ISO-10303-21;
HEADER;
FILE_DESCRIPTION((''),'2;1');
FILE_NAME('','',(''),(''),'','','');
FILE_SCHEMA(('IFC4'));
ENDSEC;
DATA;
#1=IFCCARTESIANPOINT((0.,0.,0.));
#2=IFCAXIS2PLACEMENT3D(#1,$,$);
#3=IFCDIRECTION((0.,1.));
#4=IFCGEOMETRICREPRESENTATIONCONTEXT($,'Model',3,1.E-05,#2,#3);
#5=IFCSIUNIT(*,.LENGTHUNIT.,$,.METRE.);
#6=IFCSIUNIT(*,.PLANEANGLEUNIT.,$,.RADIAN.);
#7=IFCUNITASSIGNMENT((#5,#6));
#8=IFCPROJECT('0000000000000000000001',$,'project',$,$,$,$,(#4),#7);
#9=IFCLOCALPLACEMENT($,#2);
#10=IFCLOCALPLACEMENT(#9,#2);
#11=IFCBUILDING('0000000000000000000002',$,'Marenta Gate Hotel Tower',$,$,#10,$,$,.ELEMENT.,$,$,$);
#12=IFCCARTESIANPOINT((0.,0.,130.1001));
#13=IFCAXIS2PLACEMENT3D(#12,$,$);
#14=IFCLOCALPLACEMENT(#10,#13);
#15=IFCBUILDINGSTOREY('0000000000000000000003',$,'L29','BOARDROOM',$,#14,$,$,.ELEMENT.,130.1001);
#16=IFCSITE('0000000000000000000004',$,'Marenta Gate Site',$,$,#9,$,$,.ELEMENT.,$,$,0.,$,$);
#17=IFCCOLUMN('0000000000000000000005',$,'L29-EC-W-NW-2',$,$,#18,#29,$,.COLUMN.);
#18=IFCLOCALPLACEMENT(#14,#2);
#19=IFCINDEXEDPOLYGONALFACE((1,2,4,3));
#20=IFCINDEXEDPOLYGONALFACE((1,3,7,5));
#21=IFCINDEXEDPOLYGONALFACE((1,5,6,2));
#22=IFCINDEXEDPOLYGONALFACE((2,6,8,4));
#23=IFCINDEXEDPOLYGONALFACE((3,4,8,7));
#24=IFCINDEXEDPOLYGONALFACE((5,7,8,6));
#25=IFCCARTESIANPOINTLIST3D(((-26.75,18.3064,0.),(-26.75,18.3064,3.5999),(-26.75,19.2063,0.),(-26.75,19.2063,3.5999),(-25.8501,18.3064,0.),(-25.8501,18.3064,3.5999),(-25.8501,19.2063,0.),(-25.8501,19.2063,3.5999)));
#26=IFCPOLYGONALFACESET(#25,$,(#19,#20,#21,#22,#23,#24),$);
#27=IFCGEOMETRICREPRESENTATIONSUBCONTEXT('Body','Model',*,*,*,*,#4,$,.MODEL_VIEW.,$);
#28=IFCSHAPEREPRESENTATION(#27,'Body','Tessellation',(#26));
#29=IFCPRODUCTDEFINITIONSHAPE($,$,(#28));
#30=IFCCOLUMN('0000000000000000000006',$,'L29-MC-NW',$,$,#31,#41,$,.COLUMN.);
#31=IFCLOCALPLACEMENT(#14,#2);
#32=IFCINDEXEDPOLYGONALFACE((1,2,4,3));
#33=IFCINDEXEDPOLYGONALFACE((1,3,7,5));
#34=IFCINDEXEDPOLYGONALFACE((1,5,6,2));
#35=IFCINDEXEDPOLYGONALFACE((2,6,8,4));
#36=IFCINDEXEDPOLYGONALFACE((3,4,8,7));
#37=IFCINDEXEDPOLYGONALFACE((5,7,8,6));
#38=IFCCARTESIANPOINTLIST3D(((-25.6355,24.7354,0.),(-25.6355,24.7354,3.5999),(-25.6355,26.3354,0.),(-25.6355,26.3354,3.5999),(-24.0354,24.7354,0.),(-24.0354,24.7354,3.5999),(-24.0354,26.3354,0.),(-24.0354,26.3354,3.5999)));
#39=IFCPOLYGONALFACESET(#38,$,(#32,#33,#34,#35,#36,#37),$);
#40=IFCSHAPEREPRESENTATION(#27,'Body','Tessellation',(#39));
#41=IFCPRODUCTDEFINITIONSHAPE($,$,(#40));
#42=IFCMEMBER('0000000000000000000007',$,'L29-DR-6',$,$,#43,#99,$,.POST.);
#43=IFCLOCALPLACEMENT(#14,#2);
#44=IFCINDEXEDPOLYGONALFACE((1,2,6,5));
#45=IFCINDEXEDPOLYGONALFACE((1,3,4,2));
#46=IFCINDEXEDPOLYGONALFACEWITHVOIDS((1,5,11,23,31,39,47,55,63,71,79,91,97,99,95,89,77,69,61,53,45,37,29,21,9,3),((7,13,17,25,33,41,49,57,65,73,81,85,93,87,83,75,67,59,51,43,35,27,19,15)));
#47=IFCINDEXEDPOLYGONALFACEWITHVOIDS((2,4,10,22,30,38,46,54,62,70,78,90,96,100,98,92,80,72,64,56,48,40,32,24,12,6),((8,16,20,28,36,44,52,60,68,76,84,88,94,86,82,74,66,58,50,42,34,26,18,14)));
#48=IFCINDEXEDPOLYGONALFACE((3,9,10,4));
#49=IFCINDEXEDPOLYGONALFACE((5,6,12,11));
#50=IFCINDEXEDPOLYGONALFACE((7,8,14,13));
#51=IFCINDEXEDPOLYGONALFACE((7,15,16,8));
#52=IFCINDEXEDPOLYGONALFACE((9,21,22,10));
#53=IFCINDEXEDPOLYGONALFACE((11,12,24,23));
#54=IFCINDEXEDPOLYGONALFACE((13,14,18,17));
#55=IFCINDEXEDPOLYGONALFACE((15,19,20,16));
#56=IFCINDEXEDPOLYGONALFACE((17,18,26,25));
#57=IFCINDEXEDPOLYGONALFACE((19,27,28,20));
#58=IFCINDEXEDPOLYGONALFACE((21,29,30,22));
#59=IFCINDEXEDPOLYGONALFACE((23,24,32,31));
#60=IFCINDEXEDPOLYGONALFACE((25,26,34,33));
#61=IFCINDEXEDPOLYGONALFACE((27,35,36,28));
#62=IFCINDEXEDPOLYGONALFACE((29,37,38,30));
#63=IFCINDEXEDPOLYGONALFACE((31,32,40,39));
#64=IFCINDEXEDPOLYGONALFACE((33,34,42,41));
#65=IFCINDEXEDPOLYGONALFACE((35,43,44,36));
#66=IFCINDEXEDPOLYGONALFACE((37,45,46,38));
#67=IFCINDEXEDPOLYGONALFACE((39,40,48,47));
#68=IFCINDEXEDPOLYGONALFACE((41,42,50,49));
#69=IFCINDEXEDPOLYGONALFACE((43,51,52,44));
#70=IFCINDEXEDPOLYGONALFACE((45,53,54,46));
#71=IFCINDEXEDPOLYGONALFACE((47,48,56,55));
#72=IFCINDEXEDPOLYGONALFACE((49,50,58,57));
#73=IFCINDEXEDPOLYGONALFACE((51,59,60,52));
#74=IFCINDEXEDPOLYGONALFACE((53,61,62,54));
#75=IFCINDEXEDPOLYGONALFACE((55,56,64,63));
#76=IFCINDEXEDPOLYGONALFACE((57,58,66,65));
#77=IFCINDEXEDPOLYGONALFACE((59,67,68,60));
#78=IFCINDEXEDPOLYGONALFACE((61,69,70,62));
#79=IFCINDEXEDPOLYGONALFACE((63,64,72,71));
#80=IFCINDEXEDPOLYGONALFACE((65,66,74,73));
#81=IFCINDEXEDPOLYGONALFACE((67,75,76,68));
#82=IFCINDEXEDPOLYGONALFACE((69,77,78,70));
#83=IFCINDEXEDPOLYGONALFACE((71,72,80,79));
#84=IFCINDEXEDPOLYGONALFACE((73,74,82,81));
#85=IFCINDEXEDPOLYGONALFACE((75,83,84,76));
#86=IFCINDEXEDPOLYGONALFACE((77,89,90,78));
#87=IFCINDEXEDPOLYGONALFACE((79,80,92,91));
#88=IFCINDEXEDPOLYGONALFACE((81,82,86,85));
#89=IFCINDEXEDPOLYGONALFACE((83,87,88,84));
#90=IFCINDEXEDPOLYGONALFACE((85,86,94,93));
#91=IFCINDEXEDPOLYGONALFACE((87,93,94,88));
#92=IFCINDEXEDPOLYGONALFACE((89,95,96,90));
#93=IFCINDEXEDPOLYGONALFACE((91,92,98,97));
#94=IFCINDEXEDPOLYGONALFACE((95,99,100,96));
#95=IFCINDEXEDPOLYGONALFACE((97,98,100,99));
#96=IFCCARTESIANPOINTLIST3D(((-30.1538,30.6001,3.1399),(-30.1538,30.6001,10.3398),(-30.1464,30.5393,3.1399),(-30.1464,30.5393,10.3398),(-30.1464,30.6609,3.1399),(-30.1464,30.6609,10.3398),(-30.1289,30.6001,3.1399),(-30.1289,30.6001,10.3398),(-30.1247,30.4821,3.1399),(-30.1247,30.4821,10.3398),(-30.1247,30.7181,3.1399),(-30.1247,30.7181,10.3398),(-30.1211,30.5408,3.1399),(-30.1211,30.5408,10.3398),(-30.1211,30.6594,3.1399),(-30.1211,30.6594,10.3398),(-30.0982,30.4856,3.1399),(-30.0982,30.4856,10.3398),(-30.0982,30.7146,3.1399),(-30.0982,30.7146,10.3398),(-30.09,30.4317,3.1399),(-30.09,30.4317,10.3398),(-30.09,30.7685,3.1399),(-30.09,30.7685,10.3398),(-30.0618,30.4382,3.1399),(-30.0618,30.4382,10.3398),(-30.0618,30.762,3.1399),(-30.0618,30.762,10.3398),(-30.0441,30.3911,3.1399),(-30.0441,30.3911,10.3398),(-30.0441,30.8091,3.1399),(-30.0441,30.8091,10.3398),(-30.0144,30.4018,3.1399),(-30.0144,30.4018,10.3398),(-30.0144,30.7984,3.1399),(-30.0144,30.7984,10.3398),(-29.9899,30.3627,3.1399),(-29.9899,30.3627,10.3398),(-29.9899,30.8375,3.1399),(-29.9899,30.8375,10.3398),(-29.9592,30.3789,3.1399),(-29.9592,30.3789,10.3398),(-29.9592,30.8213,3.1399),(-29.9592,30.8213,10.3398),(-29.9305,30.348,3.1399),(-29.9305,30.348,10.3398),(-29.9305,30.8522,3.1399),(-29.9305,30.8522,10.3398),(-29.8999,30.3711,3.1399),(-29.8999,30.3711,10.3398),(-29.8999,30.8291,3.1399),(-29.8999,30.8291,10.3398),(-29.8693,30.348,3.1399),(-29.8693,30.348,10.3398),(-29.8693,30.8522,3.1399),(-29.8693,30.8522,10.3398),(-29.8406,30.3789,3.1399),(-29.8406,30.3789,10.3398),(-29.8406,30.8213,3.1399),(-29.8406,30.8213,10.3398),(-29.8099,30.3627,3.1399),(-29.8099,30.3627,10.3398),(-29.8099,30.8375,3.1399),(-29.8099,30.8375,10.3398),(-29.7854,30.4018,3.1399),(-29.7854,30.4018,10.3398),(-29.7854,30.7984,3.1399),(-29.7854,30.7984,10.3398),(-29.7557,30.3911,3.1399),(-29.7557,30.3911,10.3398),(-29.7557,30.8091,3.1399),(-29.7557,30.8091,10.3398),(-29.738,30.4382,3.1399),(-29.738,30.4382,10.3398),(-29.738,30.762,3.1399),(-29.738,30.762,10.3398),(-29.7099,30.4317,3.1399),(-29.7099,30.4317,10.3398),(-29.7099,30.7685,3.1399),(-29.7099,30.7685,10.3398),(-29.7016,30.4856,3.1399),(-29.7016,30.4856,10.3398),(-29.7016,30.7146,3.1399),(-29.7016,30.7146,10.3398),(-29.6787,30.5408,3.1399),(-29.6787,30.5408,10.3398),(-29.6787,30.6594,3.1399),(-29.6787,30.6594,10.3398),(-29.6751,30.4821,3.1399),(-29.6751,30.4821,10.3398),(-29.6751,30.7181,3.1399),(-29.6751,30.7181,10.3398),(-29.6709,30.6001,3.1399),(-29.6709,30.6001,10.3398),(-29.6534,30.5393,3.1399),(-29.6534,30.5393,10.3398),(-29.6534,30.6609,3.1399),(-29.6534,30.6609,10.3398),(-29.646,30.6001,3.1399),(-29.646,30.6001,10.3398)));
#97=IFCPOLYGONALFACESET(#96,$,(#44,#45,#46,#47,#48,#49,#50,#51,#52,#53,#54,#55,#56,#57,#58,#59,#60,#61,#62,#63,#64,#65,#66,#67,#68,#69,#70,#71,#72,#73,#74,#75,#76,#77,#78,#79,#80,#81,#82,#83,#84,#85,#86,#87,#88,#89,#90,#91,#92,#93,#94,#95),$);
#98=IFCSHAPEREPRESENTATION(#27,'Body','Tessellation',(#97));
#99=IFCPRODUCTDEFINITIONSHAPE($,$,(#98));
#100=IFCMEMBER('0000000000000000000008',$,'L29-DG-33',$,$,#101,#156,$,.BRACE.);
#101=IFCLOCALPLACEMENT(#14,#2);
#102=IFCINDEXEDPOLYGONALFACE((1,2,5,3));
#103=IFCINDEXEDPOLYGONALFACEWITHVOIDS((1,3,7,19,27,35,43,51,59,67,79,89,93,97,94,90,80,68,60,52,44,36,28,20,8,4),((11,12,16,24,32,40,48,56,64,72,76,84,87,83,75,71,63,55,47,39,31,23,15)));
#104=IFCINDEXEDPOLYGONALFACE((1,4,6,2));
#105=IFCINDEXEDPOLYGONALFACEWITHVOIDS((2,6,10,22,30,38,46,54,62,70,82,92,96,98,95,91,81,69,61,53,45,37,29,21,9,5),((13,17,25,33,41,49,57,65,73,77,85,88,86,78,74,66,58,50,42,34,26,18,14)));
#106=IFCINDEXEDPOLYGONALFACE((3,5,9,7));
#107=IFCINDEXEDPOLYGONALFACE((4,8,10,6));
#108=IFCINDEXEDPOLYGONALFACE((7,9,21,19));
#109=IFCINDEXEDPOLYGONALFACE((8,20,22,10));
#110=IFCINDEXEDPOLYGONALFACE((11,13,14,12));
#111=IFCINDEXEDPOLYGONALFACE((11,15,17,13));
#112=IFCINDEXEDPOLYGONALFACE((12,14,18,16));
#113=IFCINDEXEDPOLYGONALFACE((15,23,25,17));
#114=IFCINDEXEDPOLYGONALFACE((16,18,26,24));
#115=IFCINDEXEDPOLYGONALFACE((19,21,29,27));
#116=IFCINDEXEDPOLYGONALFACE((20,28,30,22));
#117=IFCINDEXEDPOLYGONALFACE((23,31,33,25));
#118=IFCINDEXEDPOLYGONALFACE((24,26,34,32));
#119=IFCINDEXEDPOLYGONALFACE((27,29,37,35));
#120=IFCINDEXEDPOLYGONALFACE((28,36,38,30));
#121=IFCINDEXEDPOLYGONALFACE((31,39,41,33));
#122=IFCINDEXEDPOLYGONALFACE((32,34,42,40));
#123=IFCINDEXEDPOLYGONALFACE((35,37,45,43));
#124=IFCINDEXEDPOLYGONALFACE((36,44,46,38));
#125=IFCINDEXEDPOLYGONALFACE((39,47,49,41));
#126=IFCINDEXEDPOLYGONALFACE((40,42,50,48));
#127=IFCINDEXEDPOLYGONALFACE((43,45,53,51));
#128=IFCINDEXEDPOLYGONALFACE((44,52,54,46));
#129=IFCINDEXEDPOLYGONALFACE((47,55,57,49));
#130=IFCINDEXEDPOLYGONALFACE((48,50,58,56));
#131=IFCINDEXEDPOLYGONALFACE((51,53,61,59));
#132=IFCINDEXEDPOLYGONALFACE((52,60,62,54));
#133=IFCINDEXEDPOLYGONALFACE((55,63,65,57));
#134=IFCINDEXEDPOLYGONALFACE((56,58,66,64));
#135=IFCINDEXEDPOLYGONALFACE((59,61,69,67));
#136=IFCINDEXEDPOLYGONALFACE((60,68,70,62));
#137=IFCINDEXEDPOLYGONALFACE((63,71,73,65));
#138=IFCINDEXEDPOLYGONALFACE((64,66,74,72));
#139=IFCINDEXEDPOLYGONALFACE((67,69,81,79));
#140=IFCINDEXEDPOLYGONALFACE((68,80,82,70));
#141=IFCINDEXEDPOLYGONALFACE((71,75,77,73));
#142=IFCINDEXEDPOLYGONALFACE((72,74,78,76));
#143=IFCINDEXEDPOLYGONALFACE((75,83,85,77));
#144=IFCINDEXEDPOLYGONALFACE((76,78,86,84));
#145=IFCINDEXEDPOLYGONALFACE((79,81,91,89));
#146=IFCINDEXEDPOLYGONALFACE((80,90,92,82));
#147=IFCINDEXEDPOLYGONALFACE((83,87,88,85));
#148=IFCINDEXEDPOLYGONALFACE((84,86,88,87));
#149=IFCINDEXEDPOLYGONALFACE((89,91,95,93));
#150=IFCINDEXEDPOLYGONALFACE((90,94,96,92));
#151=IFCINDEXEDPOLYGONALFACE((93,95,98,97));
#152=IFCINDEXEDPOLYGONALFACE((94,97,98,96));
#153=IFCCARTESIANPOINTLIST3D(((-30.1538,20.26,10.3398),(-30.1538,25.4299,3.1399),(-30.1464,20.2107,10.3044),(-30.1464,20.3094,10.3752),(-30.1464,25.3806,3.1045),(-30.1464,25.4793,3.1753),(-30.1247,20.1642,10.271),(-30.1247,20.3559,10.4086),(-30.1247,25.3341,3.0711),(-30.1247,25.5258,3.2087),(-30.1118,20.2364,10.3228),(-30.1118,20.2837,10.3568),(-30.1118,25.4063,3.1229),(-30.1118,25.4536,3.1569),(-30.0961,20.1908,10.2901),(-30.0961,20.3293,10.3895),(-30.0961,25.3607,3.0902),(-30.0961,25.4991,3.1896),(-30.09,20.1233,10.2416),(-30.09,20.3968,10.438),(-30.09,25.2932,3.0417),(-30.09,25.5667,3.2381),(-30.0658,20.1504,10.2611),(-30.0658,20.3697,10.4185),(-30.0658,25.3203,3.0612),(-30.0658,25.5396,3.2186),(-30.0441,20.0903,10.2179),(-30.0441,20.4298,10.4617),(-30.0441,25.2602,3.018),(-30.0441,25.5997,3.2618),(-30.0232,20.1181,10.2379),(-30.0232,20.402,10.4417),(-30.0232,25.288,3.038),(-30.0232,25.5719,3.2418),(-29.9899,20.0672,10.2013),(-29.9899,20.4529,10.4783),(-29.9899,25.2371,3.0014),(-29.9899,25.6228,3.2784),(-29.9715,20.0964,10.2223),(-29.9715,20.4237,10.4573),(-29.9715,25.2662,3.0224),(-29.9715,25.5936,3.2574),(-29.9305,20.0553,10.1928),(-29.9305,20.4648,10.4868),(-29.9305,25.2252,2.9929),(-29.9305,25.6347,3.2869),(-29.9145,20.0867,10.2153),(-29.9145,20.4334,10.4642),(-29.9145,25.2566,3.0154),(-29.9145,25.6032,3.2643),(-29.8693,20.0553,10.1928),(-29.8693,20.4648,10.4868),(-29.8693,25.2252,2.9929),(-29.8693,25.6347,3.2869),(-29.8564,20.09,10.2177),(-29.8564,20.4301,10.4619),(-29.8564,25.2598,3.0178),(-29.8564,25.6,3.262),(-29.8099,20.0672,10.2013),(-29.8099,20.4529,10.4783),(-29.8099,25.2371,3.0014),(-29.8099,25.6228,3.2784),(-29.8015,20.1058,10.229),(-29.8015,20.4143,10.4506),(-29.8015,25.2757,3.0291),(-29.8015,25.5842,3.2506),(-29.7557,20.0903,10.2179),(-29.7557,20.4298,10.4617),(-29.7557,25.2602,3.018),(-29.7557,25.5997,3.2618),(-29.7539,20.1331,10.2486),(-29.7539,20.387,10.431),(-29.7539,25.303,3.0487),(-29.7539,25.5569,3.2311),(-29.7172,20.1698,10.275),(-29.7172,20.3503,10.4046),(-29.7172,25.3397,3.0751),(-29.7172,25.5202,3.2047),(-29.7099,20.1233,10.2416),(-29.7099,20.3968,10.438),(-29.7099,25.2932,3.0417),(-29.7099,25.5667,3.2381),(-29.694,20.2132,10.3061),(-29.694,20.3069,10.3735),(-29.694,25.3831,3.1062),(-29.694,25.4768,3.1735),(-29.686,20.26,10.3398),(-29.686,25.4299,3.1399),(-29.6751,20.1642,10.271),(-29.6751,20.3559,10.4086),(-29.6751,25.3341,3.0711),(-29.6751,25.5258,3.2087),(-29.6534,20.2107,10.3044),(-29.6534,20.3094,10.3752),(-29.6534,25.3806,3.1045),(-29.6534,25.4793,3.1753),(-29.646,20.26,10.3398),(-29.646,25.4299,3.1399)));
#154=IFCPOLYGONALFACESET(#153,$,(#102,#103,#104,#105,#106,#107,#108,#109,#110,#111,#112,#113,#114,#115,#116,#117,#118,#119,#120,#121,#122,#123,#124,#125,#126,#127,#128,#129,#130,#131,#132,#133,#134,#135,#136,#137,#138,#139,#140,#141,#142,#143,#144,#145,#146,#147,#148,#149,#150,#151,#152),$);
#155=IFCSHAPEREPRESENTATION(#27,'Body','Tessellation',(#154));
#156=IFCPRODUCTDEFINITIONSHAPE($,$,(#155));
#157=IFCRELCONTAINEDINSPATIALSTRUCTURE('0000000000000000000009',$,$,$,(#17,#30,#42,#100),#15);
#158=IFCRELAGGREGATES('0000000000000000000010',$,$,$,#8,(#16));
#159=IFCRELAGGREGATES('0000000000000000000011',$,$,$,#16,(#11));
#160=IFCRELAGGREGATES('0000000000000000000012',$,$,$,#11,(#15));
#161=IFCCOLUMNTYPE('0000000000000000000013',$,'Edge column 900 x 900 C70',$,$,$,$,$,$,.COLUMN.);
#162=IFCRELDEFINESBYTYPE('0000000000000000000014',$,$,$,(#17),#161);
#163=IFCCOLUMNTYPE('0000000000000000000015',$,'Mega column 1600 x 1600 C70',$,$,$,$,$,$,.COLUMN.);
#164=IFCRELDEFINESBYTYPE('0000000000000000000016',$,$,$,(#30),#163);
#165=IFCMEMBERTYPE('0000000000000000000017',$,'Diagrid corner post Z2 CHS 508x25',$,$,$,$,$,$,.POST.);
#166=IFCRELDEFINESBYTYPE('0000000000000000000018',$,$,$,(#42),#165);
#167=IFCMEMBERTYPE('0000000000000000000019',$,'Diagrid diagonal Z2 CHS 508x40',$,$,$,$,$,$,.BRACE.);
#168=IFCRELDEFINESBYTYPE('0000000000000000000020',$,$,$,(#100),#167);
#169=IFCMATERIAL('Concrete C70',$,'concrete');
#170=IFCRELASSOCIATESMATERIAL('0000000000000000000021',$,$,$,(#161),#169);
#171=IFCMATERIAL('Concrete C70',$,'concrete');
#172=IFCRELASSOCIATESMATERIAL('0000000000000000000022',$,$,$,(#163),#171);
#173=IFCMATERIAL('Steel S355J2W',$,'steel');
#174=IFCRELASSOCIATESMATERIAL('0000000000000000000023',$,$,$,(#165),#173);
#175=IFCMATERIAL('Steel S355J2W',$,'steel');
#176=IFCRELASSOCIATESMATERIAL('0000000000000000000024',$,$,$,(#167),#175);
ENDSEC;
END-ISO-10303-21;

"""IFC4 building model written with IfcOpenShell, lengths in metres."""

from ifc_helpers import new_model, si_unit, direction, frame, origin, origin_2d, place, context, subcontext, project, spatial, rectangle, hollow_circle, extrude, material, material_profile, profile_set, type_object, element, save


model = new_model("IFC4")

# Units and contexts
model_context = context("Model", 3, precision=1e-05, world=origin(), true_north=direction((0.0, 1.0)))
body_context = subcontext(model_context, "Body", "Model", "MODEL_VIEW")
ifc_project = project(units=[si_unit("LENGTHUNIT", "METRE"), si_unit("PLANEANGLEUNIT", "RADIAN")], contexts=[model_context])

# Site, building, storey
site_placement = place(None, origin())
site = spatial("IfcSite", under=ifc_project, at=site_placement, Name="Marenta Gate Site", CompositionType="ELEMENT", RefElevation=0.0)
building_placement = place(site_placement, origin())
building = spatial("IfcBuilding", under=site, at=building_placement, Name="Marenta Gate Hotel Tower", CompositionType="ELEMENT")
storey_placement = place(building_placement, frame((0.0, 0.0, 130.1001)))
storey = spatial("IfcBuildingStorey", under=building, at=storey_placement, Name="L29", Description="BOARDROOM", CompositionType="ELEMENT", Elevation=130.1001)

# Columns
ifc_material_1 = material(Name="Concrete C70", Category="concrete")
ifc_material_profile_1 = material_profile(ifc_material_1, rectangle(XDim=0.8999, YDim=0.8999, at=origin_2d()), Name="900 x 900")
ifc_profile_set_1 = profile_set([ifc_material_profile_1], Name="Concrete C70")
column_type_1 = type_object("IfcColumnType", Name="Edge column 900 x 900 C70", PredefinedType="COLUMN", material=ifc_profile_set_1)
column_1_placement = place(storey_placement, frame((-26.3, 18.7563, 0.0), z_axis=(0.0, 0.0, 1.0), x_axis=(1.0, 0.0, 0.0)))
element("IfcColumn", 1, at=column_1_placement, inside=storey, type_object=column_type_1, Name="L29-EC-W-NW-2", PredefinedType="COLUMN", context=body_context, shape_type="SweptSolid", body=[
    extrude(rectangle(XDim=0.8999, YDim=0.8999, at=origin_2d()), origin(), (0.0, 0.0, 1.0), 3.5999),
])
ifc_material_2 = material(Name="Concrete C70", Category="concrete")
ifc_material_profile_2 = material_profile(ifc_material_2, rectangle(XDim=1.6001, YDim=1.6001, at=origin_2d()), Name="1600 x 1600")
ifc_profile_set_2 = profile_set([ifc_material_profile_2], Name="Concrete C70")
column_type_2 = type_object("IfcColumnType", Name="Mega column 1600 x 1600 C70", PredefinedType="COLUMN", material=ifc_profile_set_2)
column_2_placement = place(storey_placement, frame((-24.8354, 25.5354, 0.0), z_axis=(0.0, 0.0, 1.0), x_axis=(1.0, 0.0, 0.0)))
element("IfcColumn", 2, at=column_2_placement, inside=storey, type_object=column_type_2, Name="L29-MC-NW", PredefinedType="COLUMN", context=body_context, shape_type="SweptSolid", body=[
    extrude(rectangle(XDim=1.6001, YDim=1.6001, at=origin_2d()), origin(), (0.0, 0.0, 1.0), 3.5999),
])

# Members
ifc_material_3 = material(Name="Steel S355J2W", Category="steel")
ifc_material_profile_3 = material_profile(ifc_material_3, hollow_circle(Radius=0.2539, WallThickness=0.0249, at=origin_2d()), Name="CHS 508x25")
ifc_profile_set_3 = profile_set([ifc_material_profile_3], Name="Steel S355J2W")
member_type_1 = type_object("IfcMemberType", Name="Diagrid corner post Z2 CHS 508x25", PredefinedType="POST", material=ifc_profile_set_3)
member_1_placement = place(storey_placement, frame((-29.8999, 30.6001, 3.1399), z_axis=(0.0, 0.0, 1.0), x_axis=(1.0, 0.0, 0.0)))
element("IfcMember", 3, at=member_1_placement, inside=storey, type_object=member_type_1, Name="L29-DR-6", PredefinedType="POST", context=body_context, shape_type="SweptSolid", body=[
    extrude(hollow_circle(Radius=0.2539, WallThickness=0.0249, at=origin_2d()), origin(), (0.0, 0.0, 1.0), 7.2),
])
ifc_material_4 = material(Name="Steel S355J2W", Category="steel")
ifc_material_profile_4 = material_profile(ifc_material_4, hollow_circle(Radius=0.2539, WallThickness=0.04, at=origin_2d()), Name="CHS 508x40")
ifc_profile_set_4 = profile_set([ifc_material_profile_4], Name="Steel S355J2W")
member_type_2 = type_object("IfcMemberType", Name="Diagrid diagonal Z2 CHS 508x40", PredefinedType="BRACE", material=ifc_profile_set_4)
member_2_placement = place(storey_placement, frame((-29.8999, 25.4299, 3.1399), z_axis=(0.0, -0.583261, 0.812285), x_axis=(1.0, 0.0, 0.0)))
element("IfcMember", 4, at=member_2_placement, inside=storey, type_object=member_type_2, Name="L29-DG-33", PredefinedType="BRACE", context=body_context, shape_type="SweptSolid", body=[
    extrude(hollow_circle(Radius=0.2539, WallThickness=0.04, at=origin_2d()), origin(), (0.0, 0.0, 1.0), 8.8638),
])

save(model, "model.ifc")
